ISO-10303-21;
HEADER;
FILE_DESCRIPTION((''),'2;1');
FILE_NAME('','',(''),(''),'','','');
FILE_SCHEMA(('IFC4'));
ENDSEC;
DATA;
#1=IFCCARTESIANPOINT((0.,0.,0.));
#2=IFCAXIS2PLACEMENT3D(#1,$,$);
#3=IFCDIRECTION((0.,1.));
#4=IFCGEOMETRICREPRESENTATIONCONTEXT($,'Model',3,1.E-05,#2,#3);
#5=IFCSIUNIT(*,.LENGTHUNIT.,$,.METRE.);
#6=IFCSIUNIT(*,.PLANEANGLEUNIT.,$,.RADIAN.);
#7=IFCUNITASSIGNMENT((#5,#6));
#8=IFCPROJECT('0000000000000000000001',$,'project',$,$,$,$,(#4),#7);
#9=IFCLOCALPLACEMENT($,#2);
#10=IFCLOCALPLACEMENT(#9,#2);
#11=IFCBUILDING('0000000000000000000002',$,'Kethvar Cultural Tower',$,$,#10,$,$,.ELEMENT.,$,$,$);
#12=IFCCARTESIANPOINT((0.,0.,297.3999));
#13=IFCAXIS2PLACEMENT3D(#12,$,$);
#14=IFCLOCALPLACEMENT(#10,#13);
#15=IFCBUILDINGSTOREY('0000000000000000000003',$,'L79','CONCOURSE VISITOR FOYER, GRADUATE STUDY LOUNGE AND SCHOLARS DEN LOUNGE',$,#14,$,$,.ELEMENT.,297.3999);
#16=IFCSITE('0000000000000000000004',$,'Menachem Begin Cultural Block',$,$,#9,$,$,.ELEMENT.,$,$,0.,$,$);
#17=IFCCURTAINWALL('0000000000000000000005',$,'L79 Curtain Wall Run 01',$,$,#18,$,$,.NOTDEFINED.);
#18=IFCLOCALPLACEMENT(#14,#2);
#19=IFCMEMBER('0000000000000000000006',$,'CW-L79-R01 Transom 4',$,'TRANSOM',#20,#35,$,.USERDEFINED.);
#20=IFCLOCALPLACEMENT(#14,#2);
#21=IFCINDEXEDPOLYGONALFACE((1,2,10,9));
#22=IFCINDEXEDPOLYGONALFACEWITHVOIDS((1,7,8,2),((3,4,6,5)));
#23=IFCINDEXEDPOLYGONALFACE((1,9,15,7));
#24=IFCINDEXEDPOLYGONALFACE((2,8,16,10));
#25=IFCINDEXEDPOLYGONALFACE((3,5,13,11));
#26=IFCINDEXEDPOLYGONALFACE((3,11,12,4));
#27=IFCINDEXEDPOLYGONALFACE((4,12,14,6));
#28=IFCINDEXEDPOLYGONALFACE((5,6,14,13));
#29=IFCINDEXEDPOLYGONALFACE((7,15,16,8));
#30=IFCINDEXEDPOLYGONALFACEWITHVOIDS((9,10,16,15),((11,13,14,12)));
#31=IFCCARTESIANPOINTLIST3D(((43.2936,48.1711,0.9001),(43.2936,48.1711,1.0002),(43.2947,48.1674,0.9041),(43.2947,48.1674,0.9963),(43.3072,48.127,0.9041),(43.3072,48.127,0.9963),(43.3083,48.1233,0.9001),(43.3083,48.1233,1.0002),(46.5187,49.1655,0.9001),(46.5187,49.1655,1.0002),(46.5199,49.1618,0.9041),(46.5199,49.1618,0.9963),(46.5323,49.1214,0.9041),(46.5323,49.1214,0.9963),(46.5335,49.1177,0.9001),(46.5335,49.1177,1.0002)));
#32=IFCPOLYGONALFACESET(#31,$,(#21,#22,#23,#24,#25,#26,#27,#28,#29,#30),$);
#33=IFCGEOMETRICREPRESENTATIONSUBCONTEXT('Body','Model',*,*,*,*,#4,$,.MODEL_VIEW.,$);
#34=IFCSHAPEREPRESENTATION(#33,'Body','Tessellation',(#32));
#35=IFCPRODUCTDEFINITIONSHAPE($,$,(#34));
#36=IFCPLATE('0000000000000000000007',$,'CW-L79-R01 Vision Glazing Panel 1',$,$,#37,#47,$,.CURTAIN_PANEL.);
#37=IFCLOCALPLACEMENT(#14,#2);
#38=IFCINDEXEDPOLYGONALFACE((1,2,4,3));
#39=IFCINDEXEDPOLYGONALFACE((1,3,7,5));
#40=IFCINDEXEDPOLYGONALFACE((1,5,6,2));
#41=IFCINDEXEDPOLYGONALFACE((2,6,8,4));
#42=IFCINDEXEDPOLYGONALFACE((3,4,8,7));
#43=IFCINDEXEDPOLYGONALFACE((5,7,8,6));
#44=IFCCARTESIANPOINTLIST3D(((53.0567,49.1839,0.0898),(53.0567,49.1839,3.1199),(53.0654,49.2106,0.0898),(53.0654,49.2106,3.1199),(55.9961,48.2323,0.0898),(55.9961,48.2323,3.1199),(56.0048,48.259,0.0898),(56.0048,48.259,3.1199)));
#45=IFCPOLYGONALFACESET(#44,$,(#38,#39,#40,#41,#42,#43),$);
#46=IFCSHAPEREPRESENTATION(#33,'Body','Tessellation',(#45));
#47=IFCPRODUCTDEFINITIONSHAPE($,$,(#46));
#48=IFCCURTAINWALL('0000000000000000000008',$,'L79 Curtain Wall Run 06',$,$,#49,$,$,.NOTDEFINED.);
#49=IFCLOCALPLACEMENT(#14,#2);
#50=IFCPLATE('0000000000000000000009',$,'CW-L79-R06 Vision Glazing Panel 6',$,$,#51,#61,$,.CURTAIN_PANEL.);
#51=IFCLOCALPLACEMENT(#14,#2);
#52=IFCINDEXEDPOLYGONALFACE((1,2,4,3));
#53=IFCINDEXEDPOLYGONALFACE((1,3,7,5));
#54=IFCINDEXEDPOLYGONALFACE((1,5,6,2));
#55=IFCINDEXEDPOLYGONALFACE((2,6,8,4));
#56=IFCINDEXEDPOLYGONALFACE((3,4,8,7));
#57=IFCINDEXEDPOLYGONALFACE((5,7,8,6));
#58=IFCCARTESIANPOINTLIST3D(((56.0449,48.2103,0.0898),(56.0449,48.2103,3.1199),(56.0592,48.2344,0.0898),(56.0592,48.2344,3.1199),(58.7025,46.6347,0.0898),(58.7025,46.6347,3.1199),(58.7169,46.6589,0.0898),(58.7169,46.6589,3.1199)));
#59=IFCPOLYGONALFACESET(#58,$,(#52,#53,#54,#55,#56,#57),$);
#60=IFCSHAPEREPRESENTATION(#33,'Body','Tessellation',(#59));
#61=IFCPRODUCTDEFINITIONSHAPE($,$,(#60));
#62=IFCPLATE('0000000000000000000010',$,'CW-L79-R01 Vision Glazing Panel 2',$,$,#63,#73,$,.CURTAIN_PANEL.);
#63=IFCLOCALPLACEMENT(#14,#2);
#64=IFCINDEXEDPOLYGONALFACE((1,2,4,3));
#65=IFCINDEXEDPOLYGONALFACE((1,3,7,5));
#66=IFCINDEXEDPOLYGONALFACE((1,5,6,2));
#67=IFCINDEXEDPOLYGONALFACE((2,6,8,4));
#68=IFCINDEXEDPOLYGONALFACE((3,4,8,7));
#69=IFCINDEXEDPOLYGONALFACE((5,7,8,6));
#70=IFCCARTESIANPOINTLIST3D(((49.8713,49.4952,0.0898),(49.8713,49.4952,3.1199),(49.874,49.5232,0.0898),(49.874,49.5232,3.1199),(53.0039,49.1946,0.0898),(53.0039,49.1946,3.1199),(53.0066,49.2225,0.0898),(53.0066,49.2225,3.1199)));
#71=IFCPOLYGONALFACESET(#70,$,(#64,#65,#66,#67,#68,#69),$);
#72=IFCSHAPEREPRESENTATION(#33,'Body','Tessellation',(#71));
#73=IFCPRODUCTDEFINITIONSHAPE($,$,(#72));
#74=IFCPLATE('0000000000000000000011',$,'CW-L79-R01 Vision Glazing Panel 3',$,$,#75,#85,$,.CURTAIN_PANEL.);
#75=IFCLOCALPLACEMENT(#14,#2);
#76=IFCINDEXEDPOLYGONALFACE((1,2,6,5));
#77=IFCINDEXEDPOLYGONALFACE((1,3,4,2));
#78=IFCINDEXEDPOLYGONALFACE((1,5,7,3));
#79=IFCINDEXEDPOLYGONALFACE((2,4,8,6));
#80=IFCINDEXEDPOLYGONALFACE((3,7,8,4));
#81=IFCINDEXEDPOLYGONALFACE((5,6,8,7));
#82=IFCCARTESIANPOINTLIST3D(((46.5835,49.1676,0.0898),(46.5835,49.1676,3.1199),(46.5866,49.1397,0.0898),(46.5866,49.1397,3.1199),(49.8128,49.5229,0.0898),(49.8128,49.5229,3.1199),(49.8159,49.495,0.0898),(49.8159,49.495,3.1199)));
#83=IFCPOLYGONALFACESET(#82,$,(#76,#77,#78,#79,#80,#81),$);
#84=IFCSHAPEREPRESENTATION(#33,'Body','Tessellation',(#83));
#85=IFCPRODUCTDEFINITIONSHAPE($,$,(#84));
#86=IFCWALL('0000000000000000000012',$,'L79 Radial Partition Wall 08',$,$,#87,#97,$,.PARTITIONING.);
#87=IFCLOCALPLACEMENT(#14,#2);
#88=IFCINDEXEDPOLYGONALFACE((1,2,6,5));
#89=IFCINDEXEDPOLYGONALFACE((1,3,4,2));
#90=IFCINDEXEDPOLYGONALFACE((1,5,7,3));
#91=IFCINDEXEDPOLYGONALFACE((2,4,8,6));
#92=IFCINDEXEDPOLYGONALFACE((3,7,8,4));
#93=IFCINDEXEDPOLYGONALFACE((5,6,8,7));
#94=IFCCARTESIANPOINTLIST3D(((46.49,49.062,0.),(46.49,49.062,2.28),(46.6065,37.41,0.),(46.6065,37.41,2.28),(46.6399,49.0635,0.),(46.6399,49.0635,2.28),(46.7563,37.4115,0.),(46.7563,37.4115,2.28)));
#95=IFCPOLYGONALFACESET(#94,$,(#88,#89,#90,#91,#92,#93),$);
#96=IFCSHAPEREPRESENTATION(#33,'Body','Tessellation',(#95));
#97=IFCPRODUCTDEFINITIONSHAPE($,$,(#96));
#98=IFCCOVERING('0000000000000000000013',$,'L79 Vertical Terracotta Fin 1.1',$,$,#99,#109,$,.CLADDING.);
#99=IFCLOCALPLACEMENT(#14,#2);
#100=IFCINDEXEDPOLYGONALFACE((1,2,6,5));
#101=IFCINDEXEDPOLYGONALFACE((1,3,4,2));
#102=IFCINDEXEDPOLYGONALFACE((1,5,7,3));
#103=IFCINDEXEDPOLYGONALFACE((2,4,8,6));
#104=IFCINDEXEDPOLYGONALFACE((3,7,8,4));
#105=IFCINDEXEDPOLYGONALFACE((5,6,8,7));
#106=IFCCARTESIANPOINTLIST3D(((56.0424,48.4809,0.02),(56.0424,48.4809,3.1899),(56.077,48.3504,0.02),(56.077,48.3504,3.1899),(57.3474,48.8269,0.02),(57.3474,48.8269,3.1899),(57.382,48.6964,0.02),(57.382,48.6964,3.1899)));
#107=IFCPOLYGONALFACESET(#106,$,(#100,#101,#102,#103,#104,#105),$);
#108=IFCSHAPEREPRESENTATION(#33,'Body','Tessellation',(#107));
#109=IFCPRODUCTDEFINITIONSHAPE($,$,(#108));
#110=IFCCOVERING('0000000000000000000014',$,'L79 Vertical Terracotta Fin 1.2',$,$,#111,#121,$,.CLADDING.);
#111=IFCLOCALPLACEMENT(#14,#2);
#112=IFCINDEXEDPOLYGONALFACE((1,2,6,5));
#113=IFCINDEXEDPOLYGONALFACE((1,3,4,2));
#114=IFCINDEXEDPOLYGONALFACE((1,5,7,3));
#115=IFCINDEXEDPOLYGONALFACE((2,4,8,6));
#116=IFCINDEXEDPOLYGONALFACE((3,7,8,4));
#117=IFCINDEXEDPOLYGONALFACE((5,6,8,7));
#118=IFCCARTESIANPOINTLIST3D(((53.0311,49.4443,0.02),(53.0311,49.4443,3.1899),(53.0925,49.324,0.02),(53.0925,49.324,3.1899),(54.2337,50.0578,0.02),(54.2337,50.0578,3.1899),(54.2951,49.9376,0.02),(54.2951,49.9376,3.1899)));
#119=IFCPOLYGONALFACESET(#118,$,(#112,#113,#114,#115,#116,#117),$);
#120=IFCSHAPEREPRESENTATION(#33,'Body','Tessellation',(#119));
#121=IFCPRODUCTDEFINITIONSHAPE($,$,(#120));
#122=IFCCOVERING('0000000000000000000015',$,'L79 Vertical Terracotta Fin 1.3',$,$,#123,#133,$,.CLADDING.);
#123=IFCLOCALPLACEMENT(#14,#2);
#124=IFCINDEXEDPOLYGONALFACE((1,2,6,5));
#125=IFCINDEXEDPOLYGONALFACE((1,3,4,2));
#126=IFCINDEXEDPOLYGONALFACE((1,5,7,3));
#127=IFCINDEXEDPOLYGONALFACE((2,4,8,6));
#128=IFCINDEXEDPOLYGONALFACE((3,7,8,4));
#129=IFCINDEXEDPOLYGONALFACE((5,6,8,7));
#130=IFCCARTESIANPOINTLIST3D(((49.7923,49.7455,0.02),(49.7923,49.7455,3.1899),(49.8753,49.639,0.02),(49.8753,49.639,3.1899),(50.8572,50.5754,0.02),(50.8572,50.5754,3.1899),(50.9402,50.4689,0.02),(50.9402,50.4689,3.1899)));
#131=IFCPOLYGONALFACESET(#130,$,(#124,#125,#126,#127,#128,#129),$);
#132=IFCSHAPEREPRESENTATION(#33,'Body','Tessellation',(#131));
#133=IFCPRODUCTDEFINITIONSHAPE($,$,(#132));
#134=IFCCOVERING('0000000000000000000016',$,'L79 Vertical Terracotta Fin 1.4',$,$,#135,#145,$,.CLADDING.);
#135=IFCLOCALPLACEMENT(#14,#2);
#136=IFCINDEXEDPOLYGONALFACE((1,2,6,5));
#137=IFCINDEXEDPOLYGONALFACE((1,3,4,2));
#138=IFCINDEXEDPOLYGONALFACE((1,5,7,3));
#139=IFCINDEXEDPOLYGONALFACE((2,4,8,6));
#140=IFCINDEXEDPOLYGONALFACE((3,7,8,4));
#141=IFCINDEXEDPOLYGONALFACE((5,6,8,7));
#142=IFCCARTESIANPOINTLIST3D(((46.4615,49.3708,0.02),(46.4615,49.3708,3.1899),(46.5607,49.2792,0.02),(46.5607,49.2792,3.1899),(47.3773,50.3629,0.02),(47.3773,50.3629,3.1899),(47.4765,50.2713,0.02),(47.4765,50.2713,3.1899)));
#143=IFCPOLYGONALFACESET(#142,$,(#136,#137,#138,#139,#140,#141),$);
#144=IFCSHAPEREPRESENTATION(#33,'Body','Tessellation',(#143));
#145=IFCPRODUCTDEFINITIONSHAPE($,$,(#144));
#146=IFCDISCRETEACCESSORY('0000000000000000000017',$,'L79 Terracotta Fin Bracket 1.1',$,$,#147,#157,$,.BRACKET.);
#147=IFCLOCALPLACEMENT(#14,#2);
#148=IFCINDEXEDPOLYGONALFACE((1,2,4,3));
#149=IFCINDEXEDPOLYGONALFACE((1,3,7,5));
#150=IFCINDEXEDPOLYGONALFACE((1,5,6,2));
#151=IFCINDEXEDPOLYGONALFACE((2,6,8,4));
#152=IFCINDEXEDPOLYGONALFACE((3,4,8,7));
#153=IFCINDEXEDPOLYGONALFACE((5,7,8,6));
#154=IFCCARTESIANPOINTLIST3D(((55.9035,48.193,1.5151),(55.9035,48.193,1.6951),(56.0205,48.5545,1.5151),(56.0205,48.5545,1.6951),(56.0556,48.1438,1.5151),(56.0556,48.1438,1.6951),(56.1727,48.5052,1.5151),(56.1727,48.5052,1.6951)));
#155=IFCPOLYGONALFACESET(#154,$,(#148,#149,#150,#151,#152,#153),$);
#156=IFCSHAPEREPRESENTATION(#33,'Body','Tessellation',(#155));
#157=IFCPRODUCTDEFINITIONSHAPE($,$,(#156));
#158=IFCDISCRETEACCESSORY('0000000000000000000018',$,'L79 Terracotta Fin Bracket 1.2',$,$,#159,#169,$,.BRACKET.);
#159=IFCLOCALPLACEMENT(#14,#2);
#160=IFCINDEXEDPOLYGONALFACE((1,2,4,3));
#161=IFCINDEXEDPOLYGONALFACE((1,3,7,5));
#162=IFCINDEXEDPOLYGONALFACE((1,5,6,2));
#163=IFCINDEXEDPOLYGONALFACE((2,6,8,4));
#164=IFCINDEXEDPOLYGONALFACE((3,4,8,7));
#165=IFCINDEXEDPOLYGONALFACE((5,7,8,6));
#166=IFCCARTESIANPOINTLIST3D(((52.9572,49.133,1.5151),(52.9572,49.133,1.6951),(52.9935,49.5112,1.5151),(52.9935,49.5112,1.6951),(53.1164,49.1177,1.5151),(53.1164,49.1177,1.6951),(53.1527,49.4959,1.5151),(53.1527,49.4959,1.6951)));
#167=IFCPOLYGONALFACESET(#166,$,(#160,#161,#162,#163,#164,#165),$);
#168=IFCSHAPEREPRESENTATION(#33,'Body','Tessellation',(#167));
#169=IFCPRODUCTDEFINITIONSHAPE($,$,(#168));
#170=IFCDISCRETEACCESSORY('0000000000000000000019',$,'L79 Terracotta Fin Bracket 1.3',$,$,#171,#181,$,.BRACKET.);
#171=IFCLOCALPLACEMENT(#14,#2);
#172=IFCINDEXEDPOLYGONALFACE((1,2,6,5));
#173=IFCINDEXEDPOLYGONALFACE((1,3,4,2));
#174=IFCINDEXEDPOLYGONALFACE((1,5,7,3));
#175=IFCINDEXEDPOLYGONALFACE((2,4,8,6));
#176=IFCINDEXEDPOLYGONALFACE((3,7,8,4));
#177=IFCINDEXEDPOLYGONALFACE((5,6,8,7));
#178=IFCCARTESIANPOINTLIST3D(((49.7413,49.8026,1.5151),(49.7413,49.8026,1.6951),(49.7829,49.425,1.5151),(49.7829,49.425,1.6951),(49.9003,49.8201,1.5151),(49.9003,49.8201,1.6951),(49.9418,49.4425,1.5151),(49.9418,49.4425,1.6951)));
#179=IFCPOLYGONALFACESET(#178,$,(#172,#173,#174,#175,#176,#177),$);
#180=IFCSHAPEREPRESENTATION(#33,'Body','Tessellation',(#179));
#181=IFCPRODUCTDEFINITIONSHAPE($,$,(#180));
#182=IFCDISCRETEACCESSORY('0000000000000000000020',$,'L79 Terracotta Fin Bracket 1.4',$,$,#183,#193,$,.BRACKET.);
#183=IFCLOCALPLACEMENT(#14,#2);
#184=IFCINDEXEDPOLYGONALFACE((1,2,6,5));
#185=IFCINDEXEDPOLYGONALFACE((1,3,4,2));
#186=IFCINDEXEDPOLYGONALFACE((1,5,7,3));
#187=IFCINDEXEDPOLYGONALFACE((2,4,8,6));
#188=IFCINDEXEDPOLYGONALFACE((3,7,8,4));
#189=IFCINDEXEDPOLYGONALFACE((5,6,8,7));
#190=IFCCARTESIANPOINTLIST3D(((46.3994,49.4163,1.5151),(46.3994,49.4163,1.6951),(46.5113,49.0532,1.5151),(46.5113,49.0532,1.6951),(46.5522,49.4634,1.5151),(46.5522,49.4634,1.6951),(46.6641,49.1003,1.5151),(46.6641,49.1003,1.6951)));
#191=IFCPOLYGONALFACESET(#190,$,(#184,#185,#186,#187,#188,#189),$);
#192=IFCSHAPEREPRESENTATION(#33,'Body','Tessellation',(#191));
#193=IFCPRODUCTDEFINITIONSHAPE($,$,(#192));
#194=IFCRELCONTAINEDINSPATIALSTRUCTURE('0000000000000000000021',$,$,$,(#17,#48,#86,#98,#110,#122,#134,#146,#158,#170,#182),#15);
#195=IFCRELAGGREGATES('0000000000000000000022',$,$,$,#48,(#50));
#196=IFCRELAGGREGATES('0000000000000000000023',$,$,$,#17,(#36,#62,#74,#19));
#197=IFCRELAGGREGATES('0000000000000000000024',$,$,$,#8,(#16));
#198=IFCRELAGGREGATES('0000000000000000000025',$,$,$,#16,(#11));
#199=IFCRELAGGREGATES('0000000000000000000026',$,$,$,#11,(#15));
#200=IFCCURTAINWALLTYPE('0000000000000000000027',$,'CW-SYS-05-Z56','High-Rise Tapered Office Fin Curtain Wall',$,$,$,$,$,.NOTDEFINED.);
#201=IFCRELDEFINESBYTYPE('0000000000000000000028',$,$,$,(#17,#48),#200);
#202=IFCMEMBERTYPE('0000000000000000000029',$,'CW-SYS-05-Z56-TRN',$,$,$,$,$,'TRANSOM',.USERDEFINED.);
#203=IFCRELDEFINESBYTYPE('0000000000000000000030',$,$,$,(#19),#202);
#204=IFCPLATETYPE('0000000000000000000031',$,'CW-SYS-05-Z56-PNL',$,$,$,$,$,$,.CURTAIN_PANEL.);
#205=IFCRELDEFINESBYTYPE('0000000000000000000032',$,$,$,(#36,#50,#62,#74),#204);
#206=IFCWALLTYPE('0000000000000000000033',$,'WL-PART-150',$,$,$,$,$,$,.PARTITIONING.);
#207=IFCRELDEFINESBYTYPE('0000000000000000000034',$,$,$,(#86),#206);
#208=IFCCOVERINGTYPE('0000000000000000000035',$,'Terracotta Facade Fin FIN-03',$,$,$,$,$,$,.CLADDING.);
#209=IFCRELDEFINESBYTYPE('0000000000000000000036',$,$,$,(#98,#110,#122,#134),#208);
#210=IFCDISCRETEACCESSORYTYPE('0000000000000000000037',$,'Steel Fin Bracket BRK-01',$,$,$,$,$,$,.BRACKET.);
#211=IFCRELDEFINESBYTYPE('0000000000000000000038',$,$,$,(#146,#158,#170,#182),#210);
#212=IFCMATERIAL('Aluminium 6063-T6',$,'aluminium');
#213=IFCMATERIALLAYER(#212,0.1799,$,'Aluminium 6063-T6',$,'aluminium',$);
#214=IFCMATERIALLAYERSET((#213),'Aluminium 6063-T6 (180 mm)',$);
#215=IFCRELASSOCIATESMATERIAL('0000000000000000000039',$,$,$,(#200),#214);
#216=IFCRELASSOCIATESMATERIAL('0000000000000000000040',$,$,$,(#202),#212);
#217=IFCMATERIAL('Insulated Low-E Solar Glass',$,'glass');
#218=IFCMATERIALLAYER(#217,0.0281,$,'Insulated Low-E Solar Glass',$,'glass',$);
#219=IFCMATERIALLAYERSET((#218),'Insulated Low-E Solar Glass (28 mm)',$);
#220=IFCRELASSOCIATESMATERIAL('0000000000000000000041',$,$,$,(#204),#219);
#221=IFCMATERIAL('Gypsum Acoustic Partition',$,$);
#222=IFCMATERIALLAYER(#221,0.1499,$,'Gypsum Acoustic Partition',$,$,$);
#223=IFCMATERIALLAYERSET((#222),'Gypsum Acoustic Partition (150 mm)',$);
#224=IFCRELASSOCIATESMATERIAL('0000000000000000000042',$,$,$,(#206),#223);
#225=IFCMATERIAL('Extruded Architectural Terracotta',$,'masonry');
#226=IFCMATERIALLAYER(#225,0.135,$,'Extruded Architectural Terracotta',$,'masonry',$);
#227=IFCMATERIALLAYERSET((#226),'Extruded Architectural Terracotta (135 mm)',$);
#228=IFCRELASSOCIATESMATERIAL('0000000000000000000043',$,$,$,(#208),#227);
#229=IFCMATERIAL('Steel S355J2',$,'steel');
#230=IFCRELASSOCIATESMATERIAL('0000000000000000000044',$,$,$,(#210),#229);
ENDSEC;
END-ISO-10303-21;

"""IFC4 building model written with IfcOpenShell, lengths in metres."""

from ifc_helpers import new_model, si_unit, direction, frame, frame_2d, origin, origin_2d, place, context, subcontext, project, spatial, rectangle, hollow_rectangle, extrude, source, transform, mapped, material, layer, layer_set, material_profile, profile_set, type_object, element, aggregate, save


model = new_model("IFC4")

# Units and contexts
model_context = context("Model", 3, precision=1e-05, world=origin(), true_north=direction((0.0, 1.0)))
body_context = subcontext(model_context, "Body", "Model", "MODEL_VIEW")
ifc_project = project(units=[si_unit("LENGTHUNIT", "METRE"), si_unit("PLANEANGLEUNIT", "RADIAN")], contexts=[model_context])

# Site, building, storey
site_placement = place(None, origin())
site = spatial("IfcSite", under=ifc_project, at=site_placement, Name="Menachem Begin Cultural Block", CompositionType="ELEMENT", RefElevation=0.0)
building_placement = place(site_placement, origin())
building = spatial("IfcBuilding", under=site, at=building_placement, Name="Kethvar Cultural Tower", CompositionType="ELEMENT")
storey_placement = place(building_placement, frame((0.0, 0.0, 297.3999)))
storey = spatial("IfcBuildingStorey", under=building, at=storey_placement, Name="L79", Description="CONCOURSE VISITOR FOYER, GRADUATE STUDY LOUNGE AND SCHOLARS DEN LOUNGE", CompositionType="ELEMENT", Elevation=297.3999)

# Shared definitions
ifc_material_1 = material(Name="Steel S355J2", Category="steel")

# Curtain wall, member, plate
ifc_material_2 = material(Name="Aluminium 6063-T6", Category="aluminium")
ifc_layer_1 = layer(ifc_material_2, 0.1799, Name="Aluminium 6063-T6", Category="aluminium")
ifc_layer_set_1 = layer_set([ifc_layer_1], Name="Aluminium 6063-T6 (180 mm)")
curtain_wall_type = type_object("IfcCurtainWallType", Name="CW-SYS-05-Z56", Description="High-Rise Tapered Office Fin Curtain Wall", PredefinedType="NOTDEFINED", material=ifc_layer_set_1)
curtain_wall_1_placement = place(storey_placement, origin())
curtain_wall_1 = element("IfcCurtainWall", 1, at=curtain_wall_1_placement, inside=storey, type_object=curtain_wall_type, Name="L79 Curtain Wall Run 01", PredefinedType="NOTDEFINED")
ifc_material_profile_1 = material_profile(ifc_material_2, hollow_rectangle(XDim=0.05, YDim=0.1001, WallThickness=0.0039, at=origin_2d()), Name="Aluminium 6063-T6 — RHS100x50x4")
ifc_profile_set_1 = profile_set([ifc_material_profile_1], Name="Aluminium 6063-T6 — RHS100x50x4")
member_type_1 = type_object("IfcMemberType", Name="CW-SYS-05-Z56-TRN", ElementType="TRANSOM", PredefinedType="USERDEFINED", material=ifc_profile_set_1)
shared_shape_1 = source(origin(), body_context, "Body", "SweptSolid", [
    extrude(hollow_rectangle(XDim=0.05, YDim=0.1001, WallThickness=0.0039, at=origin_2d()), origin(), (0.0, 0.0, 1.0), 3.375),
])
member_1_placement = place(storey_placement, frame((46.5261, 49.1416, 0.9502), z_axis=(-0.955608, -0.29464, 0.0), x_axis=(0.29464, -0.955608, 0.0)))
member_1 = element("IfcMember", 2, at=member_1_placement, type_object=member_type_1, Name="CW-L79-R01 Transom 4", ObjectType="TRANSOM", PredefinedType="USERDEFINED", context=body_context, shape_type="MappedRepresentation", body=[
    mapped(shared_shape_1, transform((0.0, 0.0, 0.0), scale=1.0)),
])
ifc_material_3 = material(Name="Insulated Low-E Solar Glass", Category="glass")
ifc_layer_2 = layer(ifc_material_3, 0.0281, Name="Insulated Low-E Solar Glass", Category="glass")
ifc_layer_set_2 = layer_set([ifc_layer_2], Name="Insulated Low-E Solar Glass (28 mm)")
plate_type = type_object("IfcPlateType", Name="CW-SYS-05-Z56-PNL", PredefinedType="CURTAIN_PANEL", material=ifc_layer_set_2)
shared_shape_2 = source(origin(), body_context, "Body", "SweptSolid", [
    extrude(rectangle(XDim=3.0896, YDim=0.0281, at=origin_2d()), origin(), (0.0, 0.0, 1.0), 3.03),
])
plate_1_placement = place(storey_placement, frame((54.5308, 48.7214, 0.0898), z_axis=(0.0, 0.0, 1.0), x_axis=(-0.95139, 0.307988, 0.0)))
plate_1 = element("IfcPlate", 3, at=plate_1_placement, type_object=plate_type, Name="CW-L79-R01 Vision Glazing Panel 1", PredefinedType="CURTAIN_PANEL", context=body_context, shape_type="MappedRepresentation", body=[
    mapped(shared_shape_2, transform((0.0, 0.0, 0.0), scale=1.0)),
])

# Curtain wall, plate
curtain_wall_2_placement = place(storey_placement, origin())
curtain_wall_2 = element("IfcCurtainWall", 4, at=curtain_wall_2_placement, inside=storey, type_object=curtain_wall_type, Name="L79 Curtain Wall Run 06", PredefinedType="NOTDEFINED")
plate_2_placement = place(storey_placement, frame((57.3809, 47.4346, 0.0898), z_axis=(0.0, 0.0, 1.0), x_axis=(-0.8602, 0.509958, 0.0)))
plate_2 = element("IfcPlate", 5, at=plate_2_placement, type_object=plate_type, Name="CW-L79-R06 Vision Glazing Panel 6", PredefinedType="CURTAIN_PANEL", context=body_context, shape_type="MappedRepresentation", body=[
    mapped(shared_shape_2, transform((0.0, 0.0, 0.0), scale=1.0)),
])
aggregate(curtain_wall_2, [plate_2])

# Plates
shared_shape_3 = source(origin(), body_context, "Body", "SweptSolid", [
    extrude(rectangle(XDim=3.147, YDim=0.0281, at=origin_2d()), origin(), (0.0, 0.0, 1.0), 3.03),
])
plate_3_placement = place(storey_placement, frame((51.439, 49.3589, 0.0898), z_axis=(0.0, 0.0, 1.0), x_axis=(-0.995426, 0.095533, 0.0)))
plate_3 = element("IfcPlate", 6, at=plate_3_placement, type_object=plate_type, Name="CW-L79-R01 Vision Glazing Panel 2", PredefinedType="CURTAIN_PANEL", context=body_context, shape_type="MappedRepresentation", body=[
    mapped(shared_shape_3, transform((0.0, 0.0, 0.0), scale=1.0)),
])
shared_shape_4 = source(origin(), body_context, "Body", "SweptSolid", [
    extrude(rectangle(XDim=3.2488, YDim=0.0281, at=origin_2d()), origin(), (0.0, 0.0, 1.0), 3.03),
])
plate_4_placement = place(storey_placement, frame((48.1997, 49.3313, 0.0898), z_axis=(0.0, 0.0, 1.0), x_axis=(-0.994001, -0.10937, 0.0)))
plate_4 = element("IfcPlate", 7, at=plate_4_placement, type_object=plate_type, Name="CW-L79-R01 Vision Glazing Panel 3", PredefinedType="CURTAIN_PANEL", context=body_context, shape_type="MappedRepresentation", body=[
    mapped(shared_shape_4, transform((0.0, 0.0, 0.0), scale=1.0)),
])
aggregate(curtain_wall_1, [plate_1, plate_3, plate_4, member_1])

# Wall
ifc_material_4 = material(Name="Gypsum Acoustic Partition")
ifc_layer_3 = layer(ifc_material_4, 0.1499, Name="Gypsum Acoustic Partition")
ifc_layer_set_3 = layer_set([ifc_layer_3], Name="Gypsum Acoustic Partition (150 mm)")
wall_type = type_object("IfcWallType", Name="WL-PART-150", PredefinedType="PARTITIONING", material=ifc_layer_set_3)
wall_placement = place(storey_placement, frame((46.6814, 37.4109, 0.0), z_axis=(0.0, 0.0, 1.0), x_axis=(-0.009994, 0.99995, 0.0)))
element("IfcWall", 8, at=wall_placement, inside=storey, type_object=wall_type, Name="L79 Radial Partition Wall 08", PredefinedType="PARTITIONING", context=body_context, shape_type="SweptSolid", body=[
    extrude(rectangle(XDim=11.6526, YDim=0.1499, at=frame_2d((5.8262, 0.0))), origin(), (0.0, 0.0, 1.0), 2.28),
])

# Coverings
ifc_material_5 = material(Name="Extruded Architectural Terracotta", Category="masonry")
ifc_layer_4 = layer(ifc_material_5, 0.135, Name="Extruded Architectural Terracotta", Category="masonry")
ifc_layer_set_4 = layer_set([ifc_layer_4], Name="Extruded Architectural Terracotta (135 mm)")
covering_type = type_object("IfcCoveringType", Name="Terracotta Facade Fin FIN-03", PredefinedType="CLADDING", material=ifc_layer_set_4)
shared_shape_5 = source(origin(), body_context, "Body", "SweptSolid", [
    extrude(rectangle(XDim=1.3501, YDim=0.135, at=origin_2d()), origin(), (0.0, 0.0, 1.0), 3.1699),
])
for number, where, z_axis, x_axis, name in (
    (9, (56.7122, 48.5886, 0.02), (0.0, 0.0, 1.0), (0.9666, 0.256289, 0.0), "L79 Vertical Terracotta Fin 1.1"),
    (10, (53.6631, 49.6909, 0.02), (0.0, 0.0, 1.0), (0.890769, 0.454457, 0.0), "L79 Vertical Terracotta Fin 1.2"),
    (11, (50.3662, 50.1072, 0.02), (0.0, 0.0, 1.0), (0.788762, 0.614698, 0.0), "L79 Vertical Terracotta Fin 1.3"),
    (12, (46.969, 49.821, 0.02), (0.0, 0.0, 1.0), (0.678288, 0.734796, 0.0), "L79 Vertical Terracotta Fin 1.4"),
):
    element("IfcCovering", number, at=place(storey_placement, frame(where, z_axis=z_axis, x_axis=x_axis)), inside=storey, type_object=covering_type, Name=name, PredefinedType="CLADDING", context=body_context, shape_type="MappedRepresentation", body=[
        mapped(shared_shape_5, transform((0.0, 0.0, 0.0), scale=1.0)),
    ])

# Discrete accessories
discrete_accessory_type = type_object("IfcDiscreteAccessoryType", Name="Steel Fin Bracket BRK-01", PredefinedType="BRACKET", material=ifc_material_1)
shared_shape_6 = source(origin(), body_context, "Body", "SweptSolid", [
    extrude(rectangle(XDim=0.3799, YDim=0.1599, at=origin_2d()), origin(), (0.0, 0.0, 1.0), 0.1799),
])
for number, where, z_axis, x_axis, name in (
    (13, (56.0381, 48.3491, 1.5151), (0.0, 0.0, 1.0), (0.308021, 0.95138, 0.0), "L79 Terracotta Fin Bracket 1.1"),
    (14, (53.0549, 49.3145, 1.5151), (0.0, 0.0, 1.0), (0.095498, 0.99543, 0.0), "L79 Terracotta Fin Bracket 1.2"),
    (15, (49.8416, 49.6226, 1.5151), (0.0, 0.0, 1.0), (-0.109387, 0.993999, 0.0), "L79 Terracotta Fin Bracket 1.3"),
    (16, (46.5317, 49.2583, 1.5151), (0.0, 0.0, 1.0), (-0.294541, 0.955639, 0.0), "L79 Terracotta Fin Bracket 1.4"),
):
    element("IfcDiscreteAccessory", number, at=place(storey_placement, frame(where, z_axis=z_axis, x_axis=x_axis)), inside=storey, type_object=discrete_accessory_type, Name=name, PredefinedType="BRACKET", context=body_context, shape_type="MappedRepresentation", body=[
        mapped(shared_shape_6, transform((0.0, 0.0, 0.0), scale=1.0)),
    ])

save(model, "model.ifc")
